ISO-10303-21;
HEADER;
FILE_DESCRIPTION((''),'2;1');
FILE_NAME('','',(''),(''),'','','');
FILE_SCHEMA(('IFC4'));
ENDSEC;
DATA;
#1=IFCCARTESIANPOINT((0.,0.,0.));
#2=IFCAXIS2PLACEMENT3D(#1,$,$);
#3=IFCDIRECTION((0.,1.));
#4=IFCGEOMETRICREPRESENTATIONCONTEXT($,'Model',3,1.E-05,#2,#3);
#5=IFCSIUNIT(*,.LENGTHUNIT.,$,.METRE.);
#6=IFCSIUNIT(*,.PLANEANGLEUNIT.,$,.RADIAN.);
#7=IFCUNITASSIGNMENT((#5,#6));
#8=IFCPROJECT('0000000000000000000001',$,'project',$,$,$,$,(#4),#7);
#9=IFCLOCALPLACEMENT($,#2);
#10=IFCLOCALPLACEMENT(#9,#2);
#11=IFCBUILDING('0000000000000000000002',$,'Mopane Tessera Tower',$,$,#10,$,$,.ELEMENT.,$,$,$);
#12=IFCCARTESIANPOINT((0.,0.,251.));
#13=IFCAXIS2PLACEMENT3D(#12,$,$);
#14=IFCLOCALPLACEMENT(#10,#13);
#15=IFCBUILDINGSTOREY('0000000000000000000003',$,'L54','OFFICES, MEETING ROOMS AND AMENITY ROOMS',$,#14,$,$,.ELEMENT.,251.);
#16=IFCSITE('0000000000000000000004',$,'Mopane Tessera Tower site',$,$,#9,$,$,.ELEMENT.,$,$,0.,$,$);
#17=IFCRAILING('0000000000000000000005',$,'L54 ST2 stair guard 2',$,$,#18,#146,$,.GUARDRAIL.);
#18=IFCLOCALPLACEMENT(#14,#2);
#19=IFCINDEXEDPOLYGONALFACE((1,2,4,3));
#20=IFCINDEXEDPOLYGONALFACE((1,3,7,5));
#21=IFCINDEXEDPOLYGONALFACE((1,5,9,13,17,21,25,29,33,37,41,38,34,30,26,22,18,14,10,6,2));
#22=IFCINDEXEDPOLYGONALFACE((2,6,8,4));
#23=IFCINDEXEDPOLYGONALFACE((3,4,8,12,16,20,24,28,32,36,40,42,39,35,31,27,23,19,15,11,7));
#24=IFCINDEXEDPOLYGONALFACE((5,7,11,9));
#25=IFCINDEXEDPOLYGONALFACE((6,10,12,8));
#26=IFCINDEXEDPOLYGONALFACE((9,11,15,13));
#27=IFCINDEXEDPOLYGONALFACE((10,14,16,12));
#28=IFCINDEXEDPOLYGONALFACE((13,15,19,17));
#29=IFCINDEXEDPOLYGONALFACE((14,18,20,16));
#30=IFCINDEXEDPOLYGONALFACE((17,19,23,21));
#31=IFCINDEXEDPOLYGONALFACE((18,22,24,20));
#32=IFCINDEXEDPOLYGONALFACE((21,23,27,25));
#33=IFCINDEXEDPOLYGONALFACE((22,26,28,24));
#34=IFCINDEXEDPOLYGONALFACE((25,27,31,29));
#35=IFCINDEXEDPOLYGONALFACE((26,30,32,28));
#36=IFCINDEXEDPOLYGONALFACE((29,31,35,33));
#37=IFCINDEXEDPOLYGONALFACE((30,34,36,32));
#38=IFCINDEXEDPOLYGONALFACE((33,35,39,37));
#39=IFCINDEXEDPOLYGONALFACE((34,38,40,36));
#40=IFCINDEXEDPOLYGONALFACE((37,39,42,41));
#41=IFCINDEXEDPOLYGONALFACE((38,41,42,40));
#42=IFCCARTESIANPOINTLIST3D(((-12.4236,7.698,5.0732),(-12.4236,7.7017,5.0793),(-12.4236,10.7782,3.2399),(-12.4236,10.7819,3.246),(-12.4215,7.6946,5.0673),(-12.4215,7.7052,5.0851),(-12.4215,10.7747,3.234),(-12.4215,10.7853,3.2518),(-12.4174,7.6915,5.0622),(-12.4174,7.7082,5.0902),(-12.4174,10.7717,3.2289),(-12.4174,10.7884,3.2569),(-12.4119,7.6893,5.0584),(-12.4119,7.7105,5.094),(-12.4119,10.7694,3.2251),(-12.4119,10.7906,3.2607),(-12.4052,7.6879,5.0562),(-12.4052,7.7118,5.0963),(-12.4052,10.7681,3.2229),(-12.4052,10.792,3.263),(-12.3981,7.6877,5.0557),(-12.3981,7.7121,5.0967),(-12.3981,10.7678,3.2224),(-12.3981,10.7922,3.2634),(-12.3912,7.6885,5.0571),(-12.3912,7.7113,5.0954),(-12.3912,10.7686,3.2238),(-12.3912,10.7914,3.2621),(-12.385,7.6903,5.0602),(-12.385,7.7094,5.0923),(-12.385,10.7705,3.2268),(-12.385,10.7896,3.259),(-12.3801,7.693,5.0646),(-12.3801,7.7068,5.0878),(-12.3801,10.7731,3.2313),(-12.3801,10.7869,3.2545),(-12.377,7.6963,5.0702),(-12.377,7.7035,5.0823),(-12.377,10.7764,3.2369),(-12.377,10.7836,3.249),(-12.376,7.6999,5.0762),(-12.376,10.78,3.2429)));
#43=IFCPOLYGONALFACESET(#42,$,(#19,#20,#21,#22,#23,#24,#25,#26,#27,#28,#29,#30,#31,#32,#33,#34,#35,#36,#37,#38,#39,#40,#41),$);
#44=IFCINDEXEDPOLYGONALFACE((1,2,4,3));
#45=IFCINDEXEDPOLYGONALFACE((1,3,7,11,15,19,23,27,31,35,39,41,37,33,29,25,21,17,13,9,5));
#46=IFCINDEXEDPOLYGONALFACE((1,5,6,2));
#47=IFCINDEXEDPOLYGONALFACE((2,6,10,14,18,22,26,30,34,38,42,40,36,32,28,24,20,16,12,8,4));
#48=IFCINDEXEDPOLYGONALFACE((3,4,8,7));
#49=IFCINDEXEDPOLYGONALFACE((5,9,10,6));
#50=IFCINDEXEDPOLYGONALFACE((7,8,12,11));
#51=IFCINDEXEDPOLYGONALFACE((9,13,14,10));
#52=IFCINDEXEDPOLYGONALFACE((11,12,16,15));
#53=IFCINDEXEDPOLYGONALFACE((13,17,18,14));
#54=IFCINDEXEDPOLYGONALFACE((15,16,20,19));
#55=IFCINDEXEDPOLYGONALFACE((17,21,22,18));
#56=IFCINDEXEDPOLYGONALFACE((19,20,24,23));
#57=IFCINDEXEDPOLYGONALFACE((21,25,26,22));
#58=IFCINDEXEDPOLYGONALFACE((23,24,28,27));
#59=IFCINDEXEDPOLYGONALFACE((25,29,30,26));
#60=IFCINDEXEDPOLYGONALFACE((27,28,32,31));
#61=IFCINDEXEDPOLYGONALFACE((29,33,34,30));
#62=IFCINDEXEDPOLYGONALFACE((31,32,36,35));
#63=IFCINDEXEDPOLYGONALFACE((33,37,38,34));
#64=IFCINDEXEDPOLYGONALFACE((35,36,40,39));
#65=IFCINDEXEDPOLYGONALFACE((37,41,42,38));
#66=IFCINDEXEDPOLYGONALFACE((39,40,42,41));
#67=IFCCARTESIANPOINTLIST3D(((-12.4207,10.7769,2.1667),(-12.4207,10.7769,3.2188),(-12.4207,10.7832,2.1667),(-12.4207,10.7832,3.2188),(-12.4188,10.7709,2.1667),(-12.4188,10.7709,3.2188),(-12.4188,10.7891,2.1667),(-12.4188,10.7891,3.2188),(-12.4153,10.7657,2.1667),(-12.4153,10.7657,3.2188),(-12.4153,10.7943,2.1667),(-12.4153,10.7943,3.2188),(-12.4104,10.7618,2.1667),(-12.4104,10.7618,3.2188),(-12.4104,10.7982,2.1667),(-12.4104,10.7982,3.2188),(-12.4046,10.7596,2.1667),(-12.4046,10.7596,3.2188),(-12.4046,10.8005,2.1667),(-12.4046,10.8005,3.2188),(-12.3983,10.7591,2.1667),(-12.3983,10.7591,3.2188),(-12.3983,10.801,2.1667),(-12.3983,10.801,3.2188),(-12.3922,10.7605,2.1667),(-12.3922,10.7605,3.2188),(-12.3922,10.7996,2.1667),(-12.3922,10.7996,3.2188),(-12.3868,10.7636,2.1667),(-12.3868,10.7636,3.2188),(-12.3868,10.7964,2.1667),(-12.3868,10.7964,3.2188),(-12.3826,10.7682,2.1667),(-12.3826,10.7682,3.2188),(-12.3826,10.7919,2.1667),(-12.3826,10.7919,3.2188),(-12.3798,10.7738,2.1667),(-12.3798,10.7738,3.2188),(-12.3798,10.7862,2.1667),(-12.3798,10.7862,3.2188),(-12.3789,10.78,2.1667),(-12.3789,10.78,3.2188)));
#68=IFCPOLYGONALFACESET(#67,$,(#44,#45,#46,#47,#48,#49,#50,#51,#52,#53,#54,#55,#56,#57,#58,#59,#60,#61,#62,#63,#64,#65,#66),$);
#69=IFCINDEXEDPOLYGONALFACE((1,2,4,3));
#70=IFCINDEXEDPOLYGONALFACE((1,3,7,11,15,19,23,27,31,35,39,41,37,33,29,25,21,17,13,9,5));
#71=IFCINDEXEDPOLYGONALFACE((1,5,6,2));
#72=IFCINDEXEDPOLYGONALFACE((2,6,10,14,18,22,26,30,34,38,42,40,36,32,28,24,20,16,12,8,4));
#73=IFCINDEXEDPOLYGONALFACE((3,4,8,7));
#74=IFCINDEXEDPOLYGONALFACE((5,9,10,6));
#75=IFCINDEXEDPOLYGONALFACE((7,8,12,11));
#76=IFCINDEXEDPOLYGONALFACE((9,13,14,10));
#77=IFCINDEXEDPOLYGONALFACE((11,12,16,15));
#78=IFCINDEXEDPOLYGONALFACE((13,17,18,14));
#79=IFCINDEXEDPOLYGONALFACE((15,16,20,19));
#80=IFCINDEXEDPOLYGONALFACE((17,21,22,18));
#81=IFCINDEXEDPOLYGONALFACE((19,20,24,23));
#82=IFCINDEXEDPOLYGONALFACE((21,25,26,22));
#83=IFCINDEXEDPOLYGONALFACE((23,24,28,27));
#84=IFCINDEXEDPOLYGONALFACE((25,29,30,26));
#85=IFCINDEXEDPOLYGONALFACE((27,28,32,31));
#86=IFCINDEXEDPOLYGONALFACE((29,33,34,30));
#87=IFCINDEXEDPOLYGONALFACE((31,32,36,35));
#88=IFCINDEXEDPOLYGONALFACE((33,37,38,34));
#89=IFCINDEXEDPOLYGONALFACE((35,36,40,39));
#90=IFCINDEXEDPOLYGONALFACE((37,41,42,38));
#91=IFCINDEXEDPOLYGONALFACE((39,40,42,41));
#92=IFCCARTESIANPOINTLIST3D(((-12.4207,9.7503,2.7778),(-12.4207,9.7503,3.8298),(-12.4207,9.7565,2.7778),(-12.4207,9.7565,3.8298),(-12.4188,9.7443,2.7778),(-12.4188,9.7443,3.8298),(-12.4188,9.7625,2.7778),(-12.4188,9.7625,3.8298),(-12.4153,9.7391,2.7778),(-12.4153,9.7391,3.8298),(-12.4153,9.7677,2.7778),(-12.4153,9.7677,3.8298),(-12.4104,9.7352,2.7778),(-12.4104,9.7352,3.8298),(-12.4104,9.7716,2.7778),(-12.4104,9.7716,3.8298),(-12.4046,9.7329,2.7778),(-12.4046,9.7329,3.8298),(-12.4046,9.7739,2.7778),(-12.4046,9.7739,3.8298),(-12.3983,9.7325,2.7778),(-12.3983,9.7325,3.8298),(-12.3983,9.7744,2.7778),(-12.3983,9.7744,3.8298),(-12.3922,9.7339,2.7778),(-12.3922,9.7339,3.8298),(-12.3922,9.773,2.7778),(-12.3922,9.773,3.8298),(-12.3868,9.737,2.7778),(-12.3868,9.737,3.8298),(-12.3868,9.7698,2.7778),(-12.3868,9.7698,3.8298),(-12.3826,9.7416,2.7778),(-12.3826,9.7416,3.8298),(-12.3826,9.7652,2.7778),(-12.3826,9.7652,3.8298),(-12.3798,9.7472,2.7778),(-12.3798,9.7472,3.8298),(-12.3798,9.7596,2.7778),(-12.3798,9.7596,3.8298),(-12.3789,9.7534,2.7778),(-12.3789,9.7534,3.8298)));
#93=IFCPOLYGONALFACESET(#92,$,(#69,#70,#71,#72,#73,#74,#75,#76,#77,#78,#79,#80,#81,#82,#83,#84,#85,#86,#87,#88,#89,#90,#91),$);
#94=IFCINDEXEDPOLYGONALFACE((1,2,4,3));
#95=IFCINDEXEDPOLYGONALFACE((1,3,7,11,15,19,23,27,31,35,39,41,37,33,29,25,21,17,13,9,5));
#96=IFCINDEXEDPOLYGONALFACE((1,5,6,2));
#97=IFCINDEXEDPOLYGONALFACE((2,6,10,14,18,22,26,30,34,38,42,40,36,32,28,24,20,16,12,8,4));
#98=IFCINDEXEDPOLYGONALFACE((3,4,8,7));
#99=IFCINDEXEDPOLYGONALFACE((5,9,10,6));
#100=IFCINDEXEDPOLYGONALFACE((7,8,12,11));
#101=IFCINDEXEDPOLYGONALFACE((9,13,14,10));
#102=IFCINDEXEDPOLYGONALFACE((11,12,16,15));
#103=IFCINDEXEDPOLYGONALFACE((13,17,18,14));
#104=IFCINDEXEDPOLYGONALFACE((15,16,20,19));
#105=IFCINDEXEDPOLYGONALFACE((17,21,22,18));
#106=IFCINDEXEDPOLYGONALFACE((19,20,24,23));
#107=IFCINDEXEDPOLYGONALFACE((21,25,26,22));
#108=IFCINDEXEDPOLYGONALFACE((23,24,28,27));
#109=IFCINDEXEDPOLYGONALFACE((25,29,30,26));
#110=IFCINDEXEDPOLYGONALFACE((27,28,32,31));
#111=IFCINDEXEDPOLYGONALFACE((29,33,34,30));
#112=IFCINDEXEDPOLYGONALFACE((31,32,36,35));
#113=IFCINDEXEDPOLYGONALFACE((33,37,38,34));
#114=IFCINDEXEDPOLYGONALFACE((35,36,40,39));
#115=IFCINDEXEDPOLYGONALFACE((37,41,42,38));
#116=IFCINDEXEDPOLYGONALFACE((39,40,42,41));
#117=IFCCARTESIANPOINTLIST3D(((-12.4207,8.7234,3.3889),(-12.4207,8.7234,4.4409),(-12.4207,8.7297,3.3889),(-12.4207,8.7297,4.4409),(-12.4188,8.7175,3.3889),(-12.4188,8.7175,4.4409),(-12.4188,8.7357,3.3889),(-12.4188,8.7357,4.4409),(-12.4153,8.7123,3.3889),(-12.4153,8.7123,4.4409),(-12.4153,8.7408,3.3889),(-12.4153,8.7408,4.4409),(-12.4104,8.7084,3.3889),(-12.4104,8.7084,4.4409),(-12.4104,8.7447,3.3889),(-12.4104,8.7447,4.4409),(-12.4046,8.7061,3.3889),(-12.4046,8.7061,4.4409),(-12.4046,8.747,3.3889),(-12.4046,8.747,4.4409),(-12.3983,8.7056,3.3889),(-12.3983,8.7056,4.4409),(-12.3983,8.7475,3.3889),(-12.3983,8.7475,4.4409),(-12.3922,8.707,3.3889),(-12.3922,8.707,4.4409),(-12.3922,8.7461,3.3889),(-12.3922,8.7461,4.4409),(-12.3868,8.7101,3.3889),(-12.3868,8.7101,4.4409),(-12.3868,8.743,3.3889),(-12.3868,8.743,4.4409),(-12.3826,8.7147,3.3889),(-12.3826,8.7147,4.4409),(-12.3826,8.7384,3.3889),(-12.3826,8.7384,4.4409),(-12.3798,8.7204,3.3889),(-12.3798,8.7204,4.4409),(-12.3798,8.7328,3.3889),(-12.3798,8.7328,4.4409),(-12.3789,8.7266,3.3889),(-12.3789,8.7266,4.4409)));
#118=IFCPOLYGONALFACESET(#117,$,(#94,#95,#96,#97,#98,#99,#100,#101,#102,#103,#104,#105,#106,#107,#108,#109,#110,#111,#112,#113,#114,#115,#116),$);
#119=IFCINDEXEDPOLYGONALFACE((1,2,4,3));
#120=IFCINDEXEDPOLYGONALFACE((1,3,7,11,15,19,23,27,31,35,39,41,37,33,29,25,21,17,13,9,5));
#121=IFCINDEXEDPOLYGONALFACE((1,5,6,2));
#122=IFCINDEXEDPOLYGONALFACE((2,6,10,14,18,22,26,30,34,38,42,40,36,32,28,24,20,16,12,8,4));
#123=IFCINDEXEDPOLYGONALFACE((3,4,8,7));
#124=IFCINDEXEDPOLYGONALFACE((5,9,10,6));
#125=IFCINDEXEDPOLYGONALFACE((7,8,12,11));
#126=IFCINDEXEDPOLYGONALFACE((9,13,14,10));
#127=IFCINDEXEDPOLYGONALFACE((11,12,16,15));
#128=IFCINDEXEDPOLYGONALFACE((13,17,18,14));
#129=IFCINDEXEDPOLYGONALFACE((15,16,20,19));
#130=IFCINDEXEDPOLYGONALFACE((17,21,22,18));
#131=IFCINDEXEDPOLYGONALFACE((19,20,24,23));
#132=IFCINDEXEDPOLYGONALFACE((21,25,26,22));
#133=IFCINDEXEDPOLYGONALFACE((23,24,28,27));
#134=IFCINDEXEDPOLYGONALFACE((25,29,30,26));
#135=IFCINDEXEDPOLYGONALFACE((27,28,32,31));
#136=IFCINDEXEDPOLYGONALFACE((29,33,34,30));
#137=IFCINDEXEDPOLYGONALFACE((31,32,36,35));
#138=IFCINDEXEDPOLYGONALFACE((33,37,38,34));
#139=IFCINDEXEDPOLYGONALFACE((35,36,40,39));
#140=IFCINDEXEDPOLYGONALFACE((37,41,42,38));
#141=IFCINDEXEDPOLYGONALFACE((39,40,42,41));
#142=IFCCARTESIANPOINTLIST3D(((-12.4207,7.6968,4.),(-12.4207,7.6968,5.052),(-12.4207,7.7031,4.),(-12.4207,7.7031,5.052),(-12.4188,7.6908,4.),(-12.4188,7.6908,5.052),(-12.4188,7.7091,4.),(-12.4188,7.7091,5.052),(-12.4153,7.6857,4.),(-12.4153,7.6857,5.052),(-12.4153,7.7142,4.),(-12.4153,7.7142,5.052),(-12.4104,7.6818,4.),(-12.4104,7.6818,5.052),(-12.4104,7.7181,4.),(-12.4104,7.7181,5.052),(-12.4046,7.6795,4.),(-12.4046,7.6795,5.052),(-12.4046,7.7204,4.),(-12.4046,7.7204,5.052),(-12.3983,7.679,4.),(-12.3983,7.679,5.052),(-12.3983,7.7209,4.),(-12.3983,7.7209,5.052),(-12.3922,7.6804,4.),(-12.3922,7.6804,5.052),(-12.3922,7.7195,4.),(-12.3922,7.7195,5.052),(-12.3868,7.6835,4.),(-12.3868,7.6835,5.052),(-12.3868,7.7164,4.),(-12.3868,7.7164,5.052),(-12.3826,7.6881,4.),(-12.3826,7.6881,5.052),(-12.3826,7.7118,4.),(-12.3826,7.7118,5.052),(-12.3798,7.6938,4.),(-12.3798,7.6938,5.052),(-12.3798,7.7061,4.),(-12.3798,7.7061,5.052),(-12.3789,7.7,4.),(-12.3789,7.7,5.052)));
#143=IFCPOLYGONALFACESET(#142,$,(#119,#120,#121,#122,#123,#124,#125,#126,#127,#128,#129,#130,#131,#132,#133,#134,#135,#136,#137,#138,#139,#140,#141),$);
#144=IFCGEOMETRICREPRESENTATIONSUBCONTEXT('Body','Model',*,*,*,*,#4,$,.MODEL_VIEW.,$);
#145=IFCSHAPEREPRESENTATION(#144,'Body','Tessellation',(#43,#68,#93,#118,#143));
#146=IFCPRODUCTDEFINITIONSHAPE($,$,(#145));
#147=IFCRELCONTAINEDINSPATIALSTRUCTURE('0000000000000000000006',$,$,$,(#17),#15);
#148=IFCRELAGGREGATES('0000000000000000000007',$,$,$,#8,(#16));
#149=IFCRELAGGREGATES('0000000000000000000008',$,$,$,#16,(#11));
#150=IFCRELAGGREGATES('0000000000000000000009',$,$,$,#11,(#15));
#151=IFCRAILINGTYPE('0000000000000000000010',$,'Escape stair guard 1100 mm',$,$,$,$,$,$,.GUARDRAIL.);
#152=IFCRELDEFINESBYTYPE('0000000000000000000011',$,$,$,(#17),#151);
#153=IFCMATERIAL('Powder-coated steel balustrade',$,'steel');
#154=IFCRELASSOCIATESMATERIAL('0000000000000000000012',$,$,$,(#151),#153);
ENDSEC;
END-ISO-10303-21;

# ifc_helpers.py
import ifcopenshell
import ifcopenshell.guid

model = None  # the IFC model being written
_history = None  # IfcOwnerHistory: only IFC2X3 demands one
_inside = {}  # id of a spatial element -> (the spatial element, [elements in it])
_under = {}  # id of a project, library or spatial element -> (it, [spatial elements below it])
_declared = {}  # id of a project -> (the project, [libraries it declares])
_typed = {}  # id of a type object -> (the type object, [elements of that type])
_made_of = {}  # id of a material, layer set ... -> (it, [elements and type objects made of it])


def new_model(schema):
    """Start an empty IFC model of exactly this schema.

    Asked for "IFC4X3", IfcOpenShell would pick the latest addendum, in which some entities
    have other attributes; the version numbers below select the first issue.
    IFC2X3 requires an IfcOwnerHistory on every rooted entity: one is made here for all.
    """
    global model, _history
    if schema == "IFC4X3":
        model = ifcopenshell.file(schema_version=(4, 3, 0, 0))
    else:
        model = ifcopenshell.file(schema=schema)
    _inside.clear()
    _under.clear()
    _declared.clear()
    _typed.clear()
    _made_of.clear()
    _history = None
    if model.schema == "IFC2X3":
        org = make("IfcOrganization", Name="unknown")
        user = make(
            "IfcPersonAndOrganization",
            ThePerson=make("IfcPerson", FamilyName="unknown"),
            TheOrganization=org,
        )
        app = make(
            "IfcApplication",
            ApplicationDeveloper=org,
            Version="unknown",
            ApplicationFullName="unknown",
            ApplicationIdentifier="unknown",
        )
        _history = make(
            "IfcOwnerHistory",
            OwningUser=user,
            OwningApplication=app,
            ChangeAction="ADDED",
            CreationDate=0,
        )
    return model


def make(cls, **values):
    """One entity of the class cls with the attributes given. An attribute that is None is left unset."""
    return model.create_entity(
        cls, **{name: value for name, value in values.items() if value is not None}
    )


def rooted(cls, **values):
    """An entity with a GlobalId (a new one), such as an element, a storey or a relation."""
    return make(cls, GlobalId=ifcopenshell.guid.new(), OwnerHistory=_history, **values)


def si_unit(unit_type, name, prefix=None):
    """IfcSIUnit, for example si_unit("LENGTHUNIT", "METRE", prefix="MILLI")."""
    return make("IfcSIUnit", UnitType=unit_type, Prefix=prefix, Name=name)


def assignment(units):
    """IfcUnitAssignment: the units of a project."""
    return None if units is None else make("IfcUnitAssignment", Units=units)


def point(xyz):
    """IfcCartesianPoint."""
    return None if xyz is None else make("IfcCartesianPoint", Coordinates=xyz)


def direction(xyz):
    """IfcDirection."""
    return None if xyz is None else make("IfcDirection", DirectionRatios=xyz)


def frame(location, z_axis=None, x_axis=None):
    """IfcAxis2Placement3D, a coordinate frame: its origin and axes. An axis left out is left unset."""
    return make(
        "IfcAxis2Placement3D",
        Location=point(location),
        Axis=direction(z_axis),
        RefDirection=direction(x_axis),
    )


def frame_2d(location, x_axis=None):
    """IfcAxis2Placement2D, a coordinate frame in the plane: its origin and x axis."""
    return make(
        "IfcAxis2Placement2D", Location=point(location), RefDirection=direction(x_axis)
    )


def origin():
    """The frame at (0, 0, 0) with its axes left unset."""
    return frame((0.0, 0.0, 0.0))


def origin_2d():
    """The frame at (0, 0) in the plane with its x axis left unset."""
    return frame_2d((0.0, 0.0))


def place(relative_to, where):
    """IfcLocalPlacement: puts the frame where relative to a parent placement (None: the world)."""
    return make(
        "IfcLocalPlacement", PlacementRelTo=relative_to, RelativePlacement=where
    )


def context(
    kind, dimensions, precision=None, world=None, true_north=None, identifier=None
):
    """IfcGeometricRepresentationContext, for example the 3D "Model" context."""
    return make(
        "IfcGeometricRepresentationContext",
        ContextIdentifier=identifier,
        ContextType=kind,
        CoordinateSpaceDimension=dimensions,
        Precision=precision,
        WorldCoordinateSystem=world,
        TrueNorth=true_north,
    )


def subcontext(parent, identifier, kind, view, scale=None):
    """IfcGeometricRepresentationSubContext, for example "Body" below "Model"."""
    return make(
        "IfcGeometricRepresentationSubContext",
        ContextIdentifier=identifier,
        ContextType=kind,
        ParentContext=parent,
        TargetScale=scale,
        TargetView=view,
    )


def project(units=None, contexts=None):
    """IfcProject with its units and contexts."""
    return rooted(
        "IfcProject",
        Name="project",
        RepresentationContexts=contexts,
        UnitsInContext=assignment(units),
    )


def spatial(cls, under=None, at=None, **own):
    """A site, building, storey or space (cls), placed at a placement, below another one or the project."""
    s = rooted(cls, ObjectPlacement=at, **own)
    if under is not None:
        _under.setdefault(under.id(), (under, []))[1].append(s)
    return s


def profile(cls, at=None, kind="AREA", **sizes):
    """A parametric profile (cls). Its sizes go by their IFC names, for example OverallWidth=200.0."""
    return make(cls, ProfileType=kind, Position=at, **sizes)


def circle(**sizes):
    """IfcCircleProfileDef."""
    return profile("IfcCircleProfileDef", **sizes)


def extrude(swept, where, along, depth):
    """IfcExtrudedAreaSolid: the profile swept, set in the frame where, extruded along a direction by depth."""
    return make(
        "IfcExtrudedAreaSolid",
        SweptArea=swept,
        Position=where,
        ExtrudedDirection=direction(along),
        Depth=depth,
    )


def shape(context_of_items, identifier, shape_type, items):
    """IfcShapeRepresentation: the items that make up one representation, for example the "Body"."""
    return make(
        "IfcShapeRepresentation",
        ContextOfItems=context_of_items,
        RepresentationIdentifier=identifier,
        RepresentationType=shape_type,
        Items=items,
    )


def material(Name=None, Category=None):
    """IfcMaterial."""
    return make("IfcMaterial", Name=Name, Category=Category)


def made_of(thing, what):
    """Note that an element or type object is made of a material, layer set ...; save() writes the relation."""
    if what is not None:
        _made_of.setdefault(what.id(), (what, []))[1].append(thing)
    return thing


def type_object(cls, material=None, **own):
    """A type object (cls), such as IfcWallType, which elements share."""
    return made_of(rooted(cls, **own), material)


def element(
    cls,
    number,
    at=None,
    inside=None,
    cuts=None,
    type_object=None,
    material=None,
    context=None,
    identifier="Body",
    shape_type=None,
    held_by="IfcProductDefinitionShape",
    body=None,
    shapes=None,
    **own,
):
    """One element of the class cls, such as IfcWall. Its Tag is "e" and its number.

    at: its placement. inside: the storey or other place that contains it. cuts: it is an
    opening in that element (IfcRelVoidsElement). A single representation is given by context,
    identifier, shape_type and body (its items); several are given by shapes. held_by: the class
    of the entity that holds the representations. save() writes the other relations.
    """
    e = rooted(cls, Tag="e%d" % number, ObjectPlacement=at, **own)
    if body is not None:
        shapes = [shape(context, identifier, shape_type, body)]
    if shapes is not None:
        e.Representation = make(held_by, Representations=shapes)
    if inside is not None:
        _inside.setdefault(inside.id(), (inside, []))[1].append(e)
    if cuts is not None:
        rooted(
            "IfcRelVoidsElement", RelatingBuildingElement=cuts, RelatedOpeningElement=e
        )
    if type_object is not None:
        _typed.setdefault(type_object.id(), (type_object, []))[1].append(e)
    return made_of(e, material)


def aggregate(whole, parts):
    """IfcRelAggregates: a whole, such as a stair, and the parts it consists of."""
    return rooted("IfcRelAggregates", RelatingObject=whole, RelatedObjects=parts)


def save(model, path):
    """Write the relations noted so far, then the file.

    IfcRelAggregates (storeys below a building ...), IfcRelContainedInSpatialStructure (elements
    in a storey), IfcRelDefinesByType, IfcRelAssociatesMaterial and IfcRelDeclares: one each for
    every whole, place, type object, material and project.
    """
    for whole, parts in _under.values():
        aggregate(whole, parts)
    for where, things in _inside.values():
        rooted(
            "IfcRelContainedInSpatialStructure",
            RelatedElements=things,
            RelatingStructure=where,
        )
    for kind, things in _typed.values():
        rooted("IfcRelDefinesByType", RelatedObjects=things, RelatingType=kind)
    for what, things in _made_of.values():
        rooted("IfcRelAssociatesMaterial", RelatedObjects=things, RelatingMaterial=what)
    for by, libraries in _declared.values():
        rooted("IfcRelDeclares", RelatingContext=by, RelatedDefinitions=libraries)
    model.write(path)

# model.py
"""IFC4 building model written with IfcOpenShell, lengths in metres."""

from ifc_helpers import new_model, si_unit, direction, frame, origin, origin_2d, place, context, subcontext, project, spatial, circle, extrude, material, type_object, element, save


model = new_model("IFC4")

# Units and contexts
model_context = context("Model", 3, precision=1e-05, world=origin(), true_north=direction((0.0, 1.0)))
body_context = subcontext(model_context, "Body", "Model", "MODEL_VIEW")
ifc_project = project(units=[si_unit("LENGTHUNIT", "METRE"), si_unit("PLANEANGLEUNIT", "RADIAN")], contexts=[model_context])

# Site, building, storey
site_placement = place(None, origin())
site = spatial("IfcSite", under=ifc_project, at=site_placement, Name="Mopane Tessera Tower site", CompositionType="ELEMENT", RefElevation=0.0)
building_placement = place(site_placement, origin())
building = spatial("IfcBuilding", under=site, at=building_placement, Name="Mopane Tessera Tower", CompositionType="ELEMENT")
storey_placement = place(building_placement, frame((0.0, 0.0, 251.0)))
storey = spatial("IfcBuildingStorey", under=building, at=storey_placement, Name="L54", Description="OFFICES, MEETING ROOMS AND AMENITY ROOMS", CompositionType="ELEMENT", Elevation=251.0)

# Railing
ifc_material_1 = material(Name="Powder-coated steel balustrade", Category="steel")
railing_type = type_object("IfcRailingType", Name="Escape stair guard 1100 mm", PredefinedType="GUARDRAIL", material=ifc_material_1)
railing_placement = place(storey_placement, frame((-12.3999, 10.78, 2.1667)))
element("IfcRailing", 1, at=railing_placement, inside=storey, type_object=railing_type, Name="L54 ST2 stair guard 2", PredefinedType="GUARDRAIL", context=body_context, shape_type="SweptSolid", body=[
    extrude(circle(Radius=0.0239, at=origin_2d()), frame((0.0, 0.0, 1.0762), z_axis=(0.0, -0.859309, 0.511458), x_axis=(1.0, 0.0, 0.0)), (0.0, 0.0, 1.0), 3.5845),
    extrude(circle(Radius=0.021, at=origin_2d()), origin(), (0.0, 0.0, 1.0), 1.052),
    extrude(circle(Radius=0.021, at=origin_2d()), frame((0.0, -1.0266, 0.6111)), (0.0, 0.0, 1.0), 1.052),
    extrude(circle(Radius=0.021, at=origin_2d()), frame((0.0, -2.0535, 1.2222)), (0.0, 0.0, 1.0), 1.052),
    extrude(circle(Radius=0.021, at=origin_2d()), frame((0.0, -3.0801, 1.8333)), (0.0, 0.0, 1.0), 1.052),
])

save(model, "model.ifc")
